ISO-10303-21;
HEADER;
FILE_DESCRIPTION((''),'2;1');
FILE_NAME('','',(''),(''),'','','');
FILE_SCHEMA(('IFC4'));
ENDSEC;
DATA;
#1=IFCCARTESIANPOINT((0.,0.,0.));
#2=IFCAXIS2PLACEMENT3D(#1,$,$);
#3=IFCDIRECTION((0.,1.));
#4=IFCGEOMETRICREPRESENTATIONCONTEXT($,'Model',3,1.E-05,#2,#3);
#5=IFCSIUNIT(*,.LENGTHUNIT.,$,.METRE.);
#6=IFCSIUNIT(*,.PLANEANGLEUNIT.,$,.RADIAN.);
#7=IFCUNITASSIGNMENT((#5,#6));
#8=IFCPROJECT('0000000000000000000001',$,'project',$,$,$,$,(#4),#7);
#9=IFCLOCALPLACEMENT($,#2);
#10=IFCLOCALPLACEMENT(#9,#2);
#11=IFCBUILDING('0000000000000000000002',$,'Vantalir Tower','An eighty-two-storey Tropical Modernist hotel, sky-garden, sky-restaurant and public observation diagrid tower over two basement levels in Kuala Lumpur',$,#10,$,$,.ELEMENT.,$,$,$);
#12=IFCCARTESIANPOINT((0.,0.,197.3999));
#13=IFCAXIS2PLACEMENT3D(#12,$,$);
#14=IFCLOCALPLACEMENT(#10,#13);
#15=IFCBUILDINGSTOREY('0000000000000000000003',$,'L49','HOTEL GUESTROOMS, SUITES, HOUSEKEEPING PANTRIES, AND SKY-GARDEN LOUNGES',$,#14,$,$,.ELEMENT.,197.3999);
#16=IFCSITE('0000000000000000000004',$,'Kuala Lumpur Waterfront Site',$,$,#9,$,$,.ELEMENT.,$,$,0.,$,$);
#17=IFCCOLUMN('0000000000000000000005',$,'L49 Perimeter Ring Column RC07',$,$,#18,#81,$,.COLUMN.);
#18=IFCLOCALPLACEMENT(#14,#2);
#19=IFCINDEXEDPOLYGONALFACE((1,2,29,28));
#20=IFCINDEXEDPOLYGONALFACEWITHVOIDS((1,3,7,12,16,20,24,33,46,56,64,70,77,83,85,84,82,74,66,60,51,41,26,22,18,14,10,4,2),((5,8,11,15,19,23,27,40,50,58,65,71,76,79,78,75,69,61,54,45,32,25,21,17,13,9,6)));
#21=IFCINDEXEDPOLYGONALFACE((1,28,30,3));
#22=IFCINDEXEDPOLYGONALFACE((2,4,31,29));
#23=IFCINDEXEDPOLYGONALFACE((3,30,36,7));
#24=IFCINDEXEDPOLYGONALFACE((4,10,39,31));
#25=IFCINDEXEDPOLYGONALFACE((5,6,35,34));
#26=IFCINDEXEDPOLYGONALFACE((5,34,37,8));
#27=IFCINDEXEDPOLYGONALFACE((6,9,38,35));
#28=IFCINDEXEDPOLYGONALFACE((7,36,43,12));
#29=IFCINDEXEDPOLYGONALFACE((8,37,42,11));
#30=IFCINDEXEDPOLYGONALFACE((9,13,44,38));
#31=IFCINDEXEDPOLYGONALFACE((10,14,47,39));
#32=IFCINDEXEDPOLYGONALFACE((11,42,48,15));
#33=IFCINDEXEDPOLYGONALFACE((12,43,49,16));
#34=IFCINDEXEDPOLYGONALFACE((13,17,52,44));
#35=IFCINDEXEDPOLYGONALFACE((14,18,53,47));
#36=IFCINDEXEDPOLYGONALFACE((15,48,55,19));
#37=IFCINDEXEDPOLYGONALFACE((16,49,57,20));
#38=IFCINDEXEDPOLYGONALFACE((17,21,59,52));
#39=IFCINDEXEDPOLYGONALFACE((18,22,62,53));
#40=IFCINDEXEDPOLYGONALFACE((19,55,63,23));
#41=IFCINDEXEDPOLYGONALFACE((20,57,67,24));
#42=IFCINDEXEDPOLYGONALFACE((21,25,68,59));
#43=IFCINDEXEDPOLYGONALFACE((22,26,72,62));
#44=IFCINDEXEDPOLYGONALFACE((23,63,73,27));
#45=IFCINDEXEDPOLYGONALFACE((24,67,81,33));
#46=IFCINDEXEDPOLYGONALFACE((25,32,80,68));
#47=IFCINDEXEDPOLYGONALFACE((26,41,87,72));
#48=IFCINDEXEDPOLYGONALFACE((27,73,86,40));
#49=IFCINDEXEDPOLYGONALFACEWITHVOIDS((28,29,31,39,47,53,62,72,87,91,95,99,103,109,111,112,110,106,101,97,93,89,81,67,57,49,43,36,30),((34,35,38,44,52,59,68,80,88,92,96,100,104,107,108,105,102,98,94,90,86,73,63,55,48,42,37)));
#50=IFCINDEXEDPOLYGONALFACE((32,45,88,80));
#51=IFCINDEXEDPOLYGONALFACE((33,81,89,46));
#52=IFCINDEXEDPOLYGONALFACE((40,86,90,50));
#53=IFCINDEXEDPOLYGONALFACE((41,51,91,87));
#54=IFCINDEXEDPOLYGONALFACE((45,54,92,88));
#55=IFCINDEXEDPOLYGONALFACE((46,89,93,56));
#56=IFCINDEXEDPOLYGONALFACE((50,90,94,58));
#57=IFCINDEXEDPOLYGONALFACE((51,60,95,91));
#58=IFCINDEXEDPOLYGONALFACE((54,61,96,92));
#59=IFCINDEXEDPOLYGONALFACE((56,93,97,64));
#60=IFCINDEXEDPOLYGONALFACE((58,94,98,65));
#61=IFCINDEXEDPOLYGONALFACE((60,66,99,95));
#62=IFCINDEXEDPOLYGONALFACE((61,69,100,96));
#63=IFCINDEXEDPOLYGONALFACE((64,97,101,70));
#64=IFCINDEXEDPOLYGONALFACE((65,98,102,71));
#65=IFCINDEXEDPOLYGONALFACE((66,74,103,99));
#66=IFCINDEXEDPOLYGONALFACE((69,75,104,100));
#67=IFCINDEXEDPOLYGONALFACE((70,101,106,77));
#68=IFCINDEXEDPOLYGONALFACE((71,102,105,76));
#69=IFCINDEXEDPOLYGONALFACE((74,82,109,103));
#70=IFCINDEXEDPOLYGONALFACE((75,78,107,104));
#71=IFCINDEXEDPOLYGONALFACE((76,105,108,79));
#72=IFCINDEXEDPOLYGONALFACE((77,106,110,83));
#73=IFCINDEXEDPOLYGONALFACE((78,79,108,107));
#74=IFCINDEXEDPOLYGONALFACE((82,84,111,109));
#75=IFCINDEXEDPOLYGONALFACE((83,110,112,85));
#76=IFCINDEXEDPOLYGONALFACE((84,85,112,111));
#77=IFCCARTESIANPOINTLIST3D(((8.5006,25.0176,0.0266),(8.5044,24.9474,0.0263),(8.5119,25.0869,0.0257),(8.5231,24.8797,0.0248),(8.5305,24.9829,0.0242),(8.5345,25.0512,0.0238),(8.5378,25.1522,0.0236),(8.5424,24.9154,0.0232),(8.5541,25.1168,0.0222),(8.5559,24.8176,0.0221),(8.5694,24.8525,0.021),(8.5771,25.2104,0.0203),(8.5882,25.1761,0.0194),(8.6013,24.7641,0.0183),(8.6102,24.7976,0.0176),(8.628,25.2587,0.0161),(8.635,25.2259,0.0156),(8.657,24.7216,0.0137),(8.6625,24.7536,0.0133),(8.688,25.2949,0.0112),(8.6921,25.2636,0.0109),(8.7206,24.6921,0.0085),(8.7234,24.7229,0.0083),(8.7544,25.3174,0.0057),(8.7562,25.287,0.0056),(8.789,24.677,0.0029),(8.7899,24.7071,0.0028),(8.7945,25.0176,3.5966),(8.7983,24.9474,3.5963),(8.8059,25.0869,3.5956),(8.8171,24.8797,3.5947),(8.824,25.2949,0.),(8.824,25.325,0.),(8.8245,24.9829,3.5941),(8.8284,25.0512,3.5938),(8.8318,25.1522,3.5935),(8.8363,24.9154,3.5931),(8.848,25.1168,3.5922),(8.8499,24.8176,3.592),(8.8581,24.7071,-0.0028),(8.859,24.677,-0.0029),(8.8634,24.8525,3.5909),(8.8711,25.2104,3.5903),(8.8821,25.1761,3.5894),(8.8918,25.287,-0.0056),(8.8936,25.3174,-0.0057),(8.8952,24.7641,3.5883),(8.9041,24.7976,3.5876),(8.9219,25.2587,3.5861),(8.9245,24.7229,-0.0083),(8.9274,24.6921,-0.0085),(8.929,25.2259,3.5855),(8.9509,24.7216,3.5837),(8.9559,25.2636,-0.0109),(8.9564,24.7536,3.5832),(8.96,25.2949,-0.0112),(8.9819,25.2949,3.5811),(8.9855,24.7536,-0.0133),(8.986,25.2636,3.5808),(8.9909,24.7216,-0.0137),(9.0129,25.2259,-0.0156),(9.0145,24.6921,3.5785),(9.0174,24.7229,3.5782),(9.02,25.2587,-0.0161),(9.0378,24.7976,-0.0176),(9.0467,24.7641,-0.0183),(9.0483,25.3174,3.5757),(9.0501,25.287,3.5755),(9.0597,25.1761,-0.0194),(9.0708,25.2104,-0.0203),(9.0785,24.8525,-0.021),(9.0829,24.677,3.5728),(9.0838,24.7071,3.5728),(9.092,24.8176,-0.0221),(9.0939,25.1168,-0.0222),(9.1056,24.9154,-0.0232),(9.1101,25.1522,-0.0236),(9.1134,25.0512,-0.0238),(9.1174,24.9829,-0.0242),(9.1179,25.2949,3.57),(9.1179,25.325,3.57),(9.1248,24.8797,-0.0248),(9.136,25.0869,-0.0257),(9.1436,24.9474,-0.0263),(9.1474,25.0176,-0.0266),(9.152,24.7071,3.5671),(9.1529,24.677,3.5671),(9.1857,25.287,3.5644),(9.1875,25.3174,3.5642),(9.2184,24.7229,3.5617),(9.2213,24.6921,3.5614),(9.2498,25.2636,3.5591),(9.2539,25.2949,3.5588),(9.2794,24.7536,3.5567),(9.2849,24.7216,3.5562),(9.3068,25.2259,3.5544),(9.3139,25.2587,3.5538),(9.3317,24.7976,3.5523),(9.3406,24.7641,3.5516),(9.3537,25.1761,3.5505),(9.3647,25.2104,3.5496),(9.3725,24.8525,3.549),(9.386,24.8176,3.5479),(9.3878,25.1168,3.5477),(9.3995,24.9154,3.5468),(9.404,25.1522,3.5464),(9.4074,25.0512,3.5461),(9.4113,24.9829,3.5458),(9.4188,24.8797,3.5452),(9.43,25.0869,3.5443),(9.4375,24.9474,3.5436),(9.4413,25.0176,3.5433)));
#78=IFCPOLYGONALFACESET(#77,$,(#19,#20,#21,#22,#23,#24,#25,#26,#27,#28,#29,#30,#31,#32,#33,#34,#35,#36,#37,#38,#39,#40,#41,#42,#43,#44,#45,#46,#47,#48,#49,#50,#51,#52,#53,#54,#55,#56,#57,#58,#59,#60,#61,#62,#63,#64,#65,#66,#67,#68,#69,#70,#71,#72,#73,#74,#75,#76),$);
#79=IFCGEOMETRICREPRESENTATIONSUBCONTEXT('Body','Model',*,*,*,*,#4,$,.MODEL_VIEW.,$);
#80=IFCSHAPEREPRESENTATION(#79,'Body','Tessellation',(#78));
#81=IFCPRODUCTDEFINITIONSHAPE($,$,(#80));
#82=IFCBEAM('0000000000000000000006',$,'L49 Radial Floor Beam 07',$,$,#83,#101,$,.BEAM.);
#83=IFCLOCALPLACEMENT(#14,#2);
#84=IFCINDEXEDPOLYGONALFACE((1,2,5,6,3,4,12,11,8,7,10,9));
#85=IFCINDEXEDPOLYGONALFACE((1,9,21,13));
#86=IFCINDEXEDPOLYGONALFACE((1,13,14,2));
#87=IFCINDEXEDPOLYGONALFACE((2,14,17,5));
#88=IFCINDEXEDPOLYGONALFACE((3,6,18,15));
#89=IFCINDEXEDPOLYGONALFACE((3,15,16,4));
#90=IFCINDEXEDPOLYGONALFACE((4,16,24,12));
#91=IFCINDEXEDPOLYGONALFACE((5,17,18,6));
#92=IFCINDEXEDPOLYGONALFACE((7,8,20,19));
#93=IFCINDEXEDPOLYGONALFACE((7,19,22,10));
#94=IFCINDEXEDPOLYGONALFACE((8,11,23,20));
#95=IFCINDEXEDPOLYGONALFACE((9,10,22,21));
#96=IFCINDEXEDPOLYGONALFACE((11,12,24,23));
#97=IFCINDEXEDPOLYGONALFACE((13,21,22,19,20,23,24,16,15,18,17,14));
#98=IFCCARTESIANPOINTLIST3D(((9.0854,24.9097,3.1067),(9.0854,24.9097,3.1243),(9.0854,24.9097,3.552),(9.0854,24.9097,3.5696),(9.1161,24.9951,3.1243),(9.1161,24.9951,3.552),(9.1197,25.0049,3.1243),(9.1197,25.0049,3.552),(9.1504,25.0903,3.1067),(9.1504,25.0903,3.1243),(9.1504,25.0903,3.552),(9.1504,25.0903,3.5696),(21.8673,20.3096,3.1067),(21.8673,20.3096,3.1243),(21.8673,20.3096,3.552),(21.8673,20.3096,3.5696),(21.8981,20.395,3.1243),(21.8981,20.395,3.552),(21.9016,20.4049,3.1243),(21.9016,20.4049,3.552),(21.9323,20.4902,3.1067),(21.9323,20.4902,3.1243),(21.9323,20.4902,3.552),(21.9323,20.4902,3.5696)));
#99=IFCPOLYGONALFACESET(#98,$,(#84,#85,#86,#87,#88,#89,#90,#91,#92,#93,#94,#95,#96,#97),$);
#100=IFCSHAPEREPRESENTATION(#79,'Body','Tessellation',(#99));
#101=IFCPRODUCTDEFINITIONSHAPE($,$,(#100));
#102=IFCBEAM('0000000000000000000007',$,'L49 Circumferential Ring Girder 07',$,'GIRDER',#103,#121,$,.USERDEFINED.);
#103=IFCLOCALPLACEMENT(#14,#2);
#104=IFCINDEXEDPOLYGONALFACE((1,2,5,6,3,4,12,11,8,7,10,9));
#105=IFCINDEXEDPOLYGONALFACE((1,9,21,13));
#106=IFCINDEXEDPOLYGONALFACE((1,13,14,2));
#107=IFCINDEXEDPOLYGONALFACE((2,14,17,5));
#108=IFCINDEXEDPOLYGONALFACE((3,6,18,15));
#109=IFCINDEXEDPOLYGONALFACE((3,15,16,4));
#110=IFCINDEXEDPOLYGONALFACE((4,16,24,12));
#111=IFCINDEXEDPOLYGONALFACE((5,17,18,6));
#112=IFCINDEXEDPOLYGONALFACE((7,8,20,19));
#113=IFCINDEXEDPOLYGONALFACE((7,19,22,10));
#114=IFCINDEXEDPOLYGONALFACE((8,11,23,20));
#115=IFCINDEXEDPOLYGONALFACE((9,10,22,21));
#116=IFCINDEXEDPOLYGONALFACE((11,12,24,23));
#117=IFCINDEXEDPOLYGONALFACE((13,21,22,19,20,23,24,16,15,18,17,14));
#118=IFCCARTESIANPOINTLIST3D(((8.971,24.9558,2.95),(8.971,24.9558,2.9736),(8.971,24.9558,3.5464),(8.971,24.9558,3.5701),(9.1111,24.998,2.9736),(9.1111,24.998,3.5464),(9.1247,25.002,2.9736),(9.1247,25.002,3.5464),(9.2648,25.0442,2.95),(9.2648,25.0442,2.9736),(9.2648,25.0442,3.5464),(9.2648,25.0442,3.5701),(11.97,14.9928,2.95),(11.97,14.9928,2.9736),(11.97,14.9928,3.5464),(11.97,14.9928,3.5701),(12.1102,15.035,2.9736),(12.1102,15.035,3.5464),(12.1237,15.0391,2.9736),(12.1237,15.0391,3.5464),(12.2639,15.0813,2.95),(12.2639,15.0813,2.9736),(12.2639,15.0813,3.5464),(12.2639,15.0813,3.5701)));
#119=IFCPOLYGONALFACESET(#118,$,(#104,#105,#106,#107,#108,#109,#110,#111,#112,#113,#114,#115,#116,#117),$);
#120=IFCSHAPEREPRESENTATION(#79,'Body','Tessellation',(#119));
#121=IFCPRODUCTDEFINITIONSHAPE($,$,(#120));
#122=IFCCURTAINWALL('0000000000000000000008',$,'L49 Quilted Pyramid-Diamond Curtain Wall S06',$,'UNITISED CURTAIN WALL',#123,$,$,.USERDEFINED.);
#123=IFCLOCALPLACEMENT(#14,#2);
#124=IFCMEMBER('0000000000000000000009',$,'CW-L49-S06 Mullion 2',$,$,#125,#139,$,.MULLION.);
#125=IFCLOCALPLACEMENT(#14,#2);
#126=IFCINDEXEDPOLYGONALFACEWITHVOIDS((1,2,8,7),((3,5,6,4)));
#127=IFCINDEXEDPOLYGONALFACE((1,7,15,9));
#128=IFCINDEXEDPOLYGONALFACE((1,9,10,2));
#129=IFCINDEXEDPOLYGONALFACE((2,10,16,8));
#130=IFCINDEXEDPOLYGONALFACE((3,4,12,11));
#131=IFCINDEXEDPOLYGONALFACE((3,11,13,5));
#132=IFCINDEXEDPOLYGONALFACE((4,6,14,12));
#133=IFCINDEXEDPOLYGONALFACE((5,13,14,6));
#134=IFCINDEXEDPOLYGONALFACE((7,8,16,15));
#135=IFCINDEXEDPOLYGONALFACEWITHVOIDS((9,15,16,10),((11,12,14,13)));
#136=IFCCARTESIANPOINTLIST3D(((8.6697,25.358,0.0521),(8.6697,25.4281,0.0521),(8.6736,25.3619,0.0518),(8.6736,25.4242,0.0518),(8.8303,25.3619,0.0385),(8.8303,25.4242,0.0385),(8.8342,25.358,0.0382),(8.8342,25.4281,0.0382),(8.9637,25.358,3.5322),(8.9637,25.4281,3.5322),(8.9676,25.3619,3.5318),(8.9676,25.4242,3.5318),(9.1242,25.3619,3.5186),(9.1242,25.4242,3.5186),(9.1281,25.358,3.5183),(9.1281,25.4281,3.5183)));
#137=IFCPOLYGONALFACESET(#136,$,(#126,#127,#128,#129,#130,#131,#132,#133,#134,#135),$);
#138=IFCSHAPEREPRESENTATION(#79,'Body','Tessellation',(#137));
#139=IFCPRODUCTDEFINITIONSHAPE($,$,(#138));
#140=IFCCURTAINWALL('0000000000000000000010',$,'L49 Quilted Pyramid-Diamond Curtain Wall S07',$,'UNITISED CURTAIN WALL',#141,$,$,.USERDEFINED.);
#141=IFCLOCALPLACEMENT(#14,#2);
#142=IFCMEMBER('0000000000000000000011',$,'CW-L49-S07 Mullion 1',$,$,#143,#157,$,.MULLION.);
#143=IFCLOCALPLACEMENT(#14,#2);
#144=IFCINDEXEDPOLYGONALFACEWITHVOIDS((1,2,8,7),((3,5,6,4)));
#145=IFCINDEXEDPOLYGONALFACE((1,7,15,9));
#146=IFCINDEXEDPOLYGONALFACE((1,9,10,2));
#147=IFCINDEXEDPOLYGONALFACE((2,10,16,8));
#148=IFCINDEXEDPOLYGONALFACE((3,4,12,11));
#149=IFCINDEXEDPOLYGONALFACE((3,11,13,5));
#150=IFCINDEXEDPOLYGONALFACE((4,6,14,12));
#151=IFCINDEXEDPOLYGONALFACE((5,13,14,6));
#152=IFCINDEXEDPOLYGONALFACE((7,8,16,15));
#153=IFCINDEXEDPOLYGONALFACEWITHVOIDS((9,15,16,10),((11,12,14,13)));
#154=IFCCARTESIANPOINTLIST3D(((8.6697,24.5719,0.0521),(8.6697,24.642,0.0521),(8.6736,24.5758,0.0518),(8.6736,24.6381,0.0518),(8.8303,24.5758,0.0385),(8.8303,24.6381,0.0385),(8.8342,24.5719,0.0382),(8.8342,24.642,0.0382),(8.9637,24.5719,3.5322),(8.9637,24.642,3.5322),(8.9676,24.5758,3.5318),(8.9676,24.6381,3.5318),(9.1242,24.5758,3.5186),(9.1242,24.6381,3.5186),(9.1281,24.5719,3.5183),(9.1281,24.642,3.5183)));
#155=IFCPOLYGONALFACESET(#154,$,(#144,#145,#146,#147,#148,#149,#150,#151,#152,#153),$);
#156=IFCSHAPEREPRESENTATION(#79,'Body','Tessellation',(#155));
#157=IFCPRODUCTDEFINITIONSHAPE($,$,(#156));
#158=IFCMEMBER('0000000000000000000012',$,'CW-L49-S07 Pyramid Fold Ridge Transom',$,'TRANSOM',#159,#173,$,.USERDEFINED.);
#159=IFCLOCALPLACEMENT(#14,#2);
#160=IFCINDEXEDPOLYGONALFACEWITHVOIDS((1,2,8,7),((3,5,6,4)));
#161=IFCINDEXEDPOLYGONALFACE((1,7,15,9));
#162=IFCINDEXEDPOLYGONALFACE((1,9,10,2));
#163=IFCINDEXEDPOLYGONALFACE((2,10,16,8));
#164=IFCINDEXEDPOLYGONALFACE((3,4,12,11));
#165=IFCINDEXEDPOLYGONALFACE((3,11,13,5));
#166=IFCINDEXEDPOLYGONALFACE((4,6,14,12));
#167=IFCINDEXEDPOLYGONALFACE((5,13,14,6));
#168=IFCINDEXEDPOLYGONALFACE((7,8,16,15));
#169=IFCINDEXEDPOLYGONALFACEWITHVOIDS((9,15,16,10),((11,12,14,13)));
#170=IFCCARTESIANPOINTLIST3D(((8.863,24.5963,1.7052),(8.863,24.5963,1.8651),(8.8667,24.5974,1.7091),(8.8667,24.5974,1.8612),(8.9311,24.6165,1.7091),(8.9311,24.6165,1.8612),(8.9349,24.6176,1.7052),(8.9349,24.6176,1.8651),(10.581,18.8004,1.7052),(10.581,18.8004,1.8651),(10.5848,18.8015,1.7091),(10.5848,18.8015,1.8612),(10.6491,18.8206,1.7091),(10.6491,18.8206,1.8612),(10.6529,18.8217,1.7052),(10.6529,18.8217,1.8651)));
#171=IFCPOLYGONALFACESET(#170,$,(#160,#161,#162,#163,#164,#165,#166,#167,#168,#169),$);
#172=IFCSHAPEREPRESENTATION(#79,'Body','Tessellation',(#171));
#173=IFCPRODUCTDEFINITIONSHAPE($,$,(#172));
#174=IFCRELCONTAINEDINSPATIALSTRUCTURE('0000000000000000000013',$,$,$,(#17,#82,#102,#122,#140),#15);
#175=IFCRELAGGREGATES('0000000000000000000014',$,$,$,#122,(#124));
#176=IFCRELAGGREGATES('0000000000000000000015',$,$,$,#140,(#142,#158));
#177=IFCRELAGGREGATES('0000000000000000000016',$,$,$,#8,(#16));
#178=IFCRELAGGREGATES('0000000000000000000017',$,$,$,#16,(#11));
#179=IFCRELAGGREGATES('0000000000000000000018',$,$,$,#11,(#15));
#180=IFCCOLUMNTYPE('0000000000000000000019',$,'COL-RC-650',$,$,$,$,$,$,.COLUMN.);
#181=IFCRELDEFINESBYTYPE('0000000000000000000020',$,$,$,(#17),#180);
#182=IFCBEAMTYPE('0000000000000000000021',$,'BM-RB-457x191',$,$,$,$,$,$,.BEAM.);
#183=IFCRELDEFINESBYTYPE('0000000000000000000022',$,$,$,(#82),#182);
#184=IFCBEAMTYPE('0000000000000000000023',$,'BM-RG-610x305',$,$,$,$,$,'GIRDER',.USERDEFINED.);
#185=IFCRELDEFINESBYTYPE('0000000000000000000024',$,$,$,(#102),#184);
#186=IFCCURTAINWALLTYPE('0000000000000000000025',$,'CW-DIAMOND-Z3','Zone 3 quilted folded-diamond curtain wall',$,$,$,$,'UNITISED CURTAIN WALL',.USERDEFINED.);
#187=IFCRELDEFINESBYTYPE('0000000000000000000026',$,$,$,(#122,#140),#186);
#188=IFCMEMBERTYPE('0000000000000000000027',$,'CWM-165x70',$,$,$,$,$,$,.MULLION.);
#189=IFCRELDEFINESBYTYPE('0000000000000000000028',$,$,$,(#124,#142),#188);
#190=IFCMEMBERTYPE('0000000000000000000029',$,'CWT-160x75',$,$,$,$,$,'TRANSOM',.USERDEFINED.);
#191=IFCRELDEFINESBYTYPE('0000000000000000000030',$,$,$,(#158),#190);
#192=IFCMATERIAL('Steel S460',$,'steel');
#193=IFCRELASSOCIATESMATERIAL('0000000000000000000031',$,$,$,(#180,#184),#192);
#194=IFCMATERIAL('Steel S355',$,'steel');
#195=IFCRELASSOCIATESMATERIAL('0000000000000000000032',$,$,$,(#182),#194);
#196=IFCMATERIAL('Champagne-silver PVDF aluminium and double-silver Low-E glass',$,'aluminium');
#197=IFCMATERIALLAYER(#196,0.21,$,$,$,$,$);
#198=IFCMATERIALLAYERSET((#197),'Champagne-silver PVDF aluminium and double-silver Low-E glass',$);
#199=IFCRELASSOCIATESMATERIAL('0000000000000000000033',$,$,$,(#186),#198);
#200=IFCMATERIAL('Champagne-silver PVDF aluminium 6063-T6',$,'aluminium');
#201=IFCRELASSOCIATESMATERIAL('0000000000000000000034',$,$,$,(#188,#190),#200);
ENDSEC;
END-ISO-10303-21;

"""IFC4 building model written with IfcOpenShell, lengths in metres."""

from ifc_helpers import new_model, si_unit, direction, frame, origin, origin_2d, place, context, subcontext, project, spatial, hollow_rectangle, hollow_circle, i_section, extrude, material, layer, layer_set, material_profile, profile_set, type_object, element, aggregate, save


model = new_model("IFC4")

# Units and contexts
model_context = context("Model", 3, precision=1e-05, world=origin(), true_north=direction((0.0, 1.0)))
body_context = subcontext(model_context, "Body", "Model", "MODEL_VIEW")
ifc_project = project(units=[si_unit("LENGTHUNIT", "METRE"), si_unit("PLANEANGLEUNIT", "RADIAN")], contexts=[model_context])

# Site, building, storey
site_placement = place(None, origin())
site = spatial("IfcSite", under=ifc_project, at=site_placement, Name="Kuala Lumpur Waterfront Site", CompositionType="ELEMENT", RefElevation=0.0)
building_placement = place(site_placement, origin())
building = spatial("IfcBuilding", under=site, at=building_placement, Name="Vantalir Tower", Description="An eighty-two-storey Tropical Modernist hotel, sky-garden, sky-restaurant and public observation diagrid tower over two basement levels in Kuala Lumpur", CompositionType="ELEMENT")
storey_placement = place(building_placement, frame((0.0, 0.0, 197.3999)))
storey = spatial("IfcBuildingStorey", under=building, at=storey_placement, Name="L49", Description="HOTEL GUESTROOMS, SUITES, HOUSEKEEPING PANTRIES, AND SKY-GARDEN LOUNGES", CompositionType="ELEMENT", Elevation=197.3999)

# Column
ifc_material_1 = material(Name="Steel S460", Category="steel")
ifc_material_profile_1 = material_profile(ifc_material_1, hollow_circle(Radius=0.325, WallThickness=0.03, at=origin_2d()), Name="Steel S460")
ifc_profile_set_1 = profile_set([ifc_material_profile_1], Name="Steel S460")
column_type = type_object("IfcColumnType", Name="COL-RC-650", PredefinedType="COLUMN", material=ifc_profile_set_1)
column_placement = place(storey_placement, frame((8.824, 25.0, 0.0), z_axis=(0.082058, 0.0, 0.996628), x_axis=(0.0, 1.0, 0.0)))
element("IfcColumn", 1, at=column_placement, inside=storey, type_object=column_type, Name="L49 Perimeter Ring Column RC07", PredefinedType="COLUMN", context=body_context, shape_type="SweptSolid", body=[
    extrude(hollow_circle(Radius=0.325, WallThickness=0.03, at=origin_2d()), origin(), (0.0, 0.0, 1.0), 3.582),
])

# Beams
ifc_material_2 = material(Name="Steel S355", Category="steel")
ifc_material_profile_2 = material_profile(ifc_material_2, i_section(OverallWidth=0.1919, OverallDepth=0.4629, WebThickness=0.0105, FlangeThickness=0.0176, at=origin_2d()), Name="Steel S355")
ifc_profile_set_2 = profile_set([ifc_material_profile_2], Name="Steel S355")
beam_type_1 = type_object("IfcBeamType", Name="BM-RB-457x191", PredefinedType="BEAM", material=ifc_profile_set_2)
beam_1_placement = place(storey_placement, frame((9.1179, 25.0, 3.3381), z_axis=(0.940921, -0.338627, 0.0), x_axis=(0.338627, 0.940921, 0.0)))
element("IfcBeam", 2, at=beam_1_placement, inside=storey, type_object=beam_type_1, Name="L49 Radial Floor Beam 07", PredefinedType="BEAM", context=body_context, shape_type="SweptSolid", body=[
    extrude(i_section(OverallWidth=0.1919, OverallDepth=0.4629, WebThickness=0.0105, FlangeThickness=0.0176, at=origin_2d()), origin(), (0.0, 0.0, 1.0), 13.5845),
])
ifc_material_profile_3 = material_profile(ifc_material_1, i_section(OverallWidth=0.3069, OverallDepth=0.6201, WebThickness=0.0142, FlangeThickness=0.0237, at=origin_2d()), Name="Steel S460")
ifc_profile_set_3 = profile_set([ifc_material_profile_3], Name="Steel S460")
beam_type_2 = type_object("IfcBeamType", Name="BM-RG-610x305", ElementType="GIRDER", PredefinedType="USERDEFINED", material=ifc_profile_set_3)
beam_2_placement = place(storey_placement, frame((9.1179, 25.0, 3.26), z_axis=(0.288243, -0.957557, 0.0), x_axis=(0.957557, 0.288243, 0.0)))
element("IfcBeam", 3, at=beam_2_placement, inside=storey, type_object=beam_type_2, Name="L49 Circumferential Ring Girder 07", ObjectType="GIRDER", PredefinedType="USERDEFINED", context=body_context, shape_type="SweptSolid", body=[
    extrude(i_section(OverallWidth=0.3069, OverallDepth=0.6201, WebThickness=0.0142, FlangeThickness=0.0237, at=origin_2d()), origin(), (0.0, 0.0, 1.0), 10.4045),
])

# Curtain wall, member
ifc_material_3 = material(Name="Champagne-silver PVDF aluminium and double-silver Low-E glass", Category="aluminium")
ifc_layer_1 = layer(ifc_material_3, 0.21)
ifc_layer_set_1 = layer_set([ifc_layer_1], Name="Champagne-silver PVDF aluminium and double-silver Low-E glass")
curtain_wall_type = type_object("IfcCurtainWallType", Name="CW-DIAMOND-Z3", Description="Zone 3 quilted folded-diamond curtain wall", ElementType="UNITISED CURTAIN WALL", PredefinedType="USERDEFINED", material=ifc_layer_set_1)
curtain_wall_1_placement = place(storey_placement, origin())
curtain_wall_1 = element("IfcCurtainWall", 4, at=curtain_wall_1_placement, inside=storey, type_object=curtain_wall_type, Name="L49 Quilted Pyramid-Diamond Curtain Wall S06", ObjectType="UNITISED CURTAIN WALL", PredefinedType="USERDEFINED")
ifc_material_4 = material(Name="Champagne-silver PVDF aluminium 6063-T6", Category="aluminium")
ifc_material_profile_4 = material_profile(ifc_material_4, hollow_rectangle(XDim=0.0701, YDim=0.165, WallThickness=0.0039, at=origin_2d()), Name="Champagne-silver PVDF aluminium 6063-T6")
ifc_profile_set_4 = profile_set([ifc_material_profile_4], Name="Champagne-silver PVDF aluminium 6063-T6")
member_type_1 = type_object("IfcMemberType", Name="CWM-165x70", PredefinedType="MULLION", material=ifc_profile_set_4)
member_1_placement = place(storey_placement, frame((8.752, 25.3931, 0.0452), z_axis=(0.084168, 0.0, 0.996452), x_axis=(0.0, 1.0, 0.0)))
member_1 = element("IfcMember", 5, at=member_1_placement, type_object=member_type_1, Name="CW-L49-S06 Mullion 2", PredefinedType="MULLION", context=body_context, shape_type="SweptSolid", body=[
    extrude(hollow_rectangle(XDim=0.0701, YDim=0.165, WallThickness=0.0039, at=origin_2d()), origin(), (0.0, 0.0, 1.0), 3.4924),
])

# Curtain wall, members
curtain_wall_2_placement = place(storey_placement, origin())
curtain_wall_2 = element("IfcCurtainWall", 6, at=curtain_wall_2_placement, inside=storey, type_object=curtain_wall_type, Name="L49 Quilted Pyramid-Diamond Curtain Wall S07", ObjectType="UNITISED CURTAIN WALL", PredefinedType="USERDEFINED")
member_2_placement = place(storey_placement, frame((8.752, 24.6069, 0.0452), z_axis=(0.084168, 0.0, 0.996452), x_axis=(0.0, 1.0, 0.0)))
member_2 = element("IfcMember", 7, at=member_2_placement, type_object=member_type_1, Name="CW-L49-S07 Mullion 1", PredefinedType="MULLION", context=body_context, shape_type="SweptSolid", body=[
    extrude(hollow_rectangle(XDim=0.0701, YDim=0.165, WallThickness=0.0039, at=origin_2d()), origin(), (0.0, 0.0, 1.0), 3.4924),
])
ifc_material_profile_5 = material_profile(ifc_material_4, hollow_rectangle(XDim=0.075, YDim=0.1599, WallThickness=0.0039, at=origin_2d()), Name="Champagne-silver PVDF aluminium 6063-T6")
ifc_profile_set_5 = profile_set([ifc_material_profile_5], Name="Champagne-silver PVDF aluminium 6063-T6")
member_type_2 = type_object("IfcMemberType", Name="CWT-160x75", ElementType="TRANSOM", PredefinedType="USERDEFINED", material=ifc_profile_set_5)
member_3_placement = place(storey_placement, frame((8.8989, 24.6069, 1.7852), z_axis=(0.284197, -0.958766, 0.0), x_axis=(0.958766, 0.284197, 0.0)))
member_3 = element("IfcMember", 8, at=member_3_placement, type_object=member_type_2, Name="CW-L49-S07 Pyramid Fold Ridge Transom", ObjectType="TRANSOM", PredefinedType="USERDEFINED", context=body_context, shape_type="SweptSolid", body=[
    extrude(hollow_rectangle(XDim=0.075, YDim=0.1599, WallThickness=0.0039, at=origin_2d()), origin(), (0.0, 0.0, 1.0), 6.0452),
])

aggregate(curtain_wall_1, [member_1])
aggregate(curtain_wall_2, [member_2, member_3])

save(model, "model.ifc")
